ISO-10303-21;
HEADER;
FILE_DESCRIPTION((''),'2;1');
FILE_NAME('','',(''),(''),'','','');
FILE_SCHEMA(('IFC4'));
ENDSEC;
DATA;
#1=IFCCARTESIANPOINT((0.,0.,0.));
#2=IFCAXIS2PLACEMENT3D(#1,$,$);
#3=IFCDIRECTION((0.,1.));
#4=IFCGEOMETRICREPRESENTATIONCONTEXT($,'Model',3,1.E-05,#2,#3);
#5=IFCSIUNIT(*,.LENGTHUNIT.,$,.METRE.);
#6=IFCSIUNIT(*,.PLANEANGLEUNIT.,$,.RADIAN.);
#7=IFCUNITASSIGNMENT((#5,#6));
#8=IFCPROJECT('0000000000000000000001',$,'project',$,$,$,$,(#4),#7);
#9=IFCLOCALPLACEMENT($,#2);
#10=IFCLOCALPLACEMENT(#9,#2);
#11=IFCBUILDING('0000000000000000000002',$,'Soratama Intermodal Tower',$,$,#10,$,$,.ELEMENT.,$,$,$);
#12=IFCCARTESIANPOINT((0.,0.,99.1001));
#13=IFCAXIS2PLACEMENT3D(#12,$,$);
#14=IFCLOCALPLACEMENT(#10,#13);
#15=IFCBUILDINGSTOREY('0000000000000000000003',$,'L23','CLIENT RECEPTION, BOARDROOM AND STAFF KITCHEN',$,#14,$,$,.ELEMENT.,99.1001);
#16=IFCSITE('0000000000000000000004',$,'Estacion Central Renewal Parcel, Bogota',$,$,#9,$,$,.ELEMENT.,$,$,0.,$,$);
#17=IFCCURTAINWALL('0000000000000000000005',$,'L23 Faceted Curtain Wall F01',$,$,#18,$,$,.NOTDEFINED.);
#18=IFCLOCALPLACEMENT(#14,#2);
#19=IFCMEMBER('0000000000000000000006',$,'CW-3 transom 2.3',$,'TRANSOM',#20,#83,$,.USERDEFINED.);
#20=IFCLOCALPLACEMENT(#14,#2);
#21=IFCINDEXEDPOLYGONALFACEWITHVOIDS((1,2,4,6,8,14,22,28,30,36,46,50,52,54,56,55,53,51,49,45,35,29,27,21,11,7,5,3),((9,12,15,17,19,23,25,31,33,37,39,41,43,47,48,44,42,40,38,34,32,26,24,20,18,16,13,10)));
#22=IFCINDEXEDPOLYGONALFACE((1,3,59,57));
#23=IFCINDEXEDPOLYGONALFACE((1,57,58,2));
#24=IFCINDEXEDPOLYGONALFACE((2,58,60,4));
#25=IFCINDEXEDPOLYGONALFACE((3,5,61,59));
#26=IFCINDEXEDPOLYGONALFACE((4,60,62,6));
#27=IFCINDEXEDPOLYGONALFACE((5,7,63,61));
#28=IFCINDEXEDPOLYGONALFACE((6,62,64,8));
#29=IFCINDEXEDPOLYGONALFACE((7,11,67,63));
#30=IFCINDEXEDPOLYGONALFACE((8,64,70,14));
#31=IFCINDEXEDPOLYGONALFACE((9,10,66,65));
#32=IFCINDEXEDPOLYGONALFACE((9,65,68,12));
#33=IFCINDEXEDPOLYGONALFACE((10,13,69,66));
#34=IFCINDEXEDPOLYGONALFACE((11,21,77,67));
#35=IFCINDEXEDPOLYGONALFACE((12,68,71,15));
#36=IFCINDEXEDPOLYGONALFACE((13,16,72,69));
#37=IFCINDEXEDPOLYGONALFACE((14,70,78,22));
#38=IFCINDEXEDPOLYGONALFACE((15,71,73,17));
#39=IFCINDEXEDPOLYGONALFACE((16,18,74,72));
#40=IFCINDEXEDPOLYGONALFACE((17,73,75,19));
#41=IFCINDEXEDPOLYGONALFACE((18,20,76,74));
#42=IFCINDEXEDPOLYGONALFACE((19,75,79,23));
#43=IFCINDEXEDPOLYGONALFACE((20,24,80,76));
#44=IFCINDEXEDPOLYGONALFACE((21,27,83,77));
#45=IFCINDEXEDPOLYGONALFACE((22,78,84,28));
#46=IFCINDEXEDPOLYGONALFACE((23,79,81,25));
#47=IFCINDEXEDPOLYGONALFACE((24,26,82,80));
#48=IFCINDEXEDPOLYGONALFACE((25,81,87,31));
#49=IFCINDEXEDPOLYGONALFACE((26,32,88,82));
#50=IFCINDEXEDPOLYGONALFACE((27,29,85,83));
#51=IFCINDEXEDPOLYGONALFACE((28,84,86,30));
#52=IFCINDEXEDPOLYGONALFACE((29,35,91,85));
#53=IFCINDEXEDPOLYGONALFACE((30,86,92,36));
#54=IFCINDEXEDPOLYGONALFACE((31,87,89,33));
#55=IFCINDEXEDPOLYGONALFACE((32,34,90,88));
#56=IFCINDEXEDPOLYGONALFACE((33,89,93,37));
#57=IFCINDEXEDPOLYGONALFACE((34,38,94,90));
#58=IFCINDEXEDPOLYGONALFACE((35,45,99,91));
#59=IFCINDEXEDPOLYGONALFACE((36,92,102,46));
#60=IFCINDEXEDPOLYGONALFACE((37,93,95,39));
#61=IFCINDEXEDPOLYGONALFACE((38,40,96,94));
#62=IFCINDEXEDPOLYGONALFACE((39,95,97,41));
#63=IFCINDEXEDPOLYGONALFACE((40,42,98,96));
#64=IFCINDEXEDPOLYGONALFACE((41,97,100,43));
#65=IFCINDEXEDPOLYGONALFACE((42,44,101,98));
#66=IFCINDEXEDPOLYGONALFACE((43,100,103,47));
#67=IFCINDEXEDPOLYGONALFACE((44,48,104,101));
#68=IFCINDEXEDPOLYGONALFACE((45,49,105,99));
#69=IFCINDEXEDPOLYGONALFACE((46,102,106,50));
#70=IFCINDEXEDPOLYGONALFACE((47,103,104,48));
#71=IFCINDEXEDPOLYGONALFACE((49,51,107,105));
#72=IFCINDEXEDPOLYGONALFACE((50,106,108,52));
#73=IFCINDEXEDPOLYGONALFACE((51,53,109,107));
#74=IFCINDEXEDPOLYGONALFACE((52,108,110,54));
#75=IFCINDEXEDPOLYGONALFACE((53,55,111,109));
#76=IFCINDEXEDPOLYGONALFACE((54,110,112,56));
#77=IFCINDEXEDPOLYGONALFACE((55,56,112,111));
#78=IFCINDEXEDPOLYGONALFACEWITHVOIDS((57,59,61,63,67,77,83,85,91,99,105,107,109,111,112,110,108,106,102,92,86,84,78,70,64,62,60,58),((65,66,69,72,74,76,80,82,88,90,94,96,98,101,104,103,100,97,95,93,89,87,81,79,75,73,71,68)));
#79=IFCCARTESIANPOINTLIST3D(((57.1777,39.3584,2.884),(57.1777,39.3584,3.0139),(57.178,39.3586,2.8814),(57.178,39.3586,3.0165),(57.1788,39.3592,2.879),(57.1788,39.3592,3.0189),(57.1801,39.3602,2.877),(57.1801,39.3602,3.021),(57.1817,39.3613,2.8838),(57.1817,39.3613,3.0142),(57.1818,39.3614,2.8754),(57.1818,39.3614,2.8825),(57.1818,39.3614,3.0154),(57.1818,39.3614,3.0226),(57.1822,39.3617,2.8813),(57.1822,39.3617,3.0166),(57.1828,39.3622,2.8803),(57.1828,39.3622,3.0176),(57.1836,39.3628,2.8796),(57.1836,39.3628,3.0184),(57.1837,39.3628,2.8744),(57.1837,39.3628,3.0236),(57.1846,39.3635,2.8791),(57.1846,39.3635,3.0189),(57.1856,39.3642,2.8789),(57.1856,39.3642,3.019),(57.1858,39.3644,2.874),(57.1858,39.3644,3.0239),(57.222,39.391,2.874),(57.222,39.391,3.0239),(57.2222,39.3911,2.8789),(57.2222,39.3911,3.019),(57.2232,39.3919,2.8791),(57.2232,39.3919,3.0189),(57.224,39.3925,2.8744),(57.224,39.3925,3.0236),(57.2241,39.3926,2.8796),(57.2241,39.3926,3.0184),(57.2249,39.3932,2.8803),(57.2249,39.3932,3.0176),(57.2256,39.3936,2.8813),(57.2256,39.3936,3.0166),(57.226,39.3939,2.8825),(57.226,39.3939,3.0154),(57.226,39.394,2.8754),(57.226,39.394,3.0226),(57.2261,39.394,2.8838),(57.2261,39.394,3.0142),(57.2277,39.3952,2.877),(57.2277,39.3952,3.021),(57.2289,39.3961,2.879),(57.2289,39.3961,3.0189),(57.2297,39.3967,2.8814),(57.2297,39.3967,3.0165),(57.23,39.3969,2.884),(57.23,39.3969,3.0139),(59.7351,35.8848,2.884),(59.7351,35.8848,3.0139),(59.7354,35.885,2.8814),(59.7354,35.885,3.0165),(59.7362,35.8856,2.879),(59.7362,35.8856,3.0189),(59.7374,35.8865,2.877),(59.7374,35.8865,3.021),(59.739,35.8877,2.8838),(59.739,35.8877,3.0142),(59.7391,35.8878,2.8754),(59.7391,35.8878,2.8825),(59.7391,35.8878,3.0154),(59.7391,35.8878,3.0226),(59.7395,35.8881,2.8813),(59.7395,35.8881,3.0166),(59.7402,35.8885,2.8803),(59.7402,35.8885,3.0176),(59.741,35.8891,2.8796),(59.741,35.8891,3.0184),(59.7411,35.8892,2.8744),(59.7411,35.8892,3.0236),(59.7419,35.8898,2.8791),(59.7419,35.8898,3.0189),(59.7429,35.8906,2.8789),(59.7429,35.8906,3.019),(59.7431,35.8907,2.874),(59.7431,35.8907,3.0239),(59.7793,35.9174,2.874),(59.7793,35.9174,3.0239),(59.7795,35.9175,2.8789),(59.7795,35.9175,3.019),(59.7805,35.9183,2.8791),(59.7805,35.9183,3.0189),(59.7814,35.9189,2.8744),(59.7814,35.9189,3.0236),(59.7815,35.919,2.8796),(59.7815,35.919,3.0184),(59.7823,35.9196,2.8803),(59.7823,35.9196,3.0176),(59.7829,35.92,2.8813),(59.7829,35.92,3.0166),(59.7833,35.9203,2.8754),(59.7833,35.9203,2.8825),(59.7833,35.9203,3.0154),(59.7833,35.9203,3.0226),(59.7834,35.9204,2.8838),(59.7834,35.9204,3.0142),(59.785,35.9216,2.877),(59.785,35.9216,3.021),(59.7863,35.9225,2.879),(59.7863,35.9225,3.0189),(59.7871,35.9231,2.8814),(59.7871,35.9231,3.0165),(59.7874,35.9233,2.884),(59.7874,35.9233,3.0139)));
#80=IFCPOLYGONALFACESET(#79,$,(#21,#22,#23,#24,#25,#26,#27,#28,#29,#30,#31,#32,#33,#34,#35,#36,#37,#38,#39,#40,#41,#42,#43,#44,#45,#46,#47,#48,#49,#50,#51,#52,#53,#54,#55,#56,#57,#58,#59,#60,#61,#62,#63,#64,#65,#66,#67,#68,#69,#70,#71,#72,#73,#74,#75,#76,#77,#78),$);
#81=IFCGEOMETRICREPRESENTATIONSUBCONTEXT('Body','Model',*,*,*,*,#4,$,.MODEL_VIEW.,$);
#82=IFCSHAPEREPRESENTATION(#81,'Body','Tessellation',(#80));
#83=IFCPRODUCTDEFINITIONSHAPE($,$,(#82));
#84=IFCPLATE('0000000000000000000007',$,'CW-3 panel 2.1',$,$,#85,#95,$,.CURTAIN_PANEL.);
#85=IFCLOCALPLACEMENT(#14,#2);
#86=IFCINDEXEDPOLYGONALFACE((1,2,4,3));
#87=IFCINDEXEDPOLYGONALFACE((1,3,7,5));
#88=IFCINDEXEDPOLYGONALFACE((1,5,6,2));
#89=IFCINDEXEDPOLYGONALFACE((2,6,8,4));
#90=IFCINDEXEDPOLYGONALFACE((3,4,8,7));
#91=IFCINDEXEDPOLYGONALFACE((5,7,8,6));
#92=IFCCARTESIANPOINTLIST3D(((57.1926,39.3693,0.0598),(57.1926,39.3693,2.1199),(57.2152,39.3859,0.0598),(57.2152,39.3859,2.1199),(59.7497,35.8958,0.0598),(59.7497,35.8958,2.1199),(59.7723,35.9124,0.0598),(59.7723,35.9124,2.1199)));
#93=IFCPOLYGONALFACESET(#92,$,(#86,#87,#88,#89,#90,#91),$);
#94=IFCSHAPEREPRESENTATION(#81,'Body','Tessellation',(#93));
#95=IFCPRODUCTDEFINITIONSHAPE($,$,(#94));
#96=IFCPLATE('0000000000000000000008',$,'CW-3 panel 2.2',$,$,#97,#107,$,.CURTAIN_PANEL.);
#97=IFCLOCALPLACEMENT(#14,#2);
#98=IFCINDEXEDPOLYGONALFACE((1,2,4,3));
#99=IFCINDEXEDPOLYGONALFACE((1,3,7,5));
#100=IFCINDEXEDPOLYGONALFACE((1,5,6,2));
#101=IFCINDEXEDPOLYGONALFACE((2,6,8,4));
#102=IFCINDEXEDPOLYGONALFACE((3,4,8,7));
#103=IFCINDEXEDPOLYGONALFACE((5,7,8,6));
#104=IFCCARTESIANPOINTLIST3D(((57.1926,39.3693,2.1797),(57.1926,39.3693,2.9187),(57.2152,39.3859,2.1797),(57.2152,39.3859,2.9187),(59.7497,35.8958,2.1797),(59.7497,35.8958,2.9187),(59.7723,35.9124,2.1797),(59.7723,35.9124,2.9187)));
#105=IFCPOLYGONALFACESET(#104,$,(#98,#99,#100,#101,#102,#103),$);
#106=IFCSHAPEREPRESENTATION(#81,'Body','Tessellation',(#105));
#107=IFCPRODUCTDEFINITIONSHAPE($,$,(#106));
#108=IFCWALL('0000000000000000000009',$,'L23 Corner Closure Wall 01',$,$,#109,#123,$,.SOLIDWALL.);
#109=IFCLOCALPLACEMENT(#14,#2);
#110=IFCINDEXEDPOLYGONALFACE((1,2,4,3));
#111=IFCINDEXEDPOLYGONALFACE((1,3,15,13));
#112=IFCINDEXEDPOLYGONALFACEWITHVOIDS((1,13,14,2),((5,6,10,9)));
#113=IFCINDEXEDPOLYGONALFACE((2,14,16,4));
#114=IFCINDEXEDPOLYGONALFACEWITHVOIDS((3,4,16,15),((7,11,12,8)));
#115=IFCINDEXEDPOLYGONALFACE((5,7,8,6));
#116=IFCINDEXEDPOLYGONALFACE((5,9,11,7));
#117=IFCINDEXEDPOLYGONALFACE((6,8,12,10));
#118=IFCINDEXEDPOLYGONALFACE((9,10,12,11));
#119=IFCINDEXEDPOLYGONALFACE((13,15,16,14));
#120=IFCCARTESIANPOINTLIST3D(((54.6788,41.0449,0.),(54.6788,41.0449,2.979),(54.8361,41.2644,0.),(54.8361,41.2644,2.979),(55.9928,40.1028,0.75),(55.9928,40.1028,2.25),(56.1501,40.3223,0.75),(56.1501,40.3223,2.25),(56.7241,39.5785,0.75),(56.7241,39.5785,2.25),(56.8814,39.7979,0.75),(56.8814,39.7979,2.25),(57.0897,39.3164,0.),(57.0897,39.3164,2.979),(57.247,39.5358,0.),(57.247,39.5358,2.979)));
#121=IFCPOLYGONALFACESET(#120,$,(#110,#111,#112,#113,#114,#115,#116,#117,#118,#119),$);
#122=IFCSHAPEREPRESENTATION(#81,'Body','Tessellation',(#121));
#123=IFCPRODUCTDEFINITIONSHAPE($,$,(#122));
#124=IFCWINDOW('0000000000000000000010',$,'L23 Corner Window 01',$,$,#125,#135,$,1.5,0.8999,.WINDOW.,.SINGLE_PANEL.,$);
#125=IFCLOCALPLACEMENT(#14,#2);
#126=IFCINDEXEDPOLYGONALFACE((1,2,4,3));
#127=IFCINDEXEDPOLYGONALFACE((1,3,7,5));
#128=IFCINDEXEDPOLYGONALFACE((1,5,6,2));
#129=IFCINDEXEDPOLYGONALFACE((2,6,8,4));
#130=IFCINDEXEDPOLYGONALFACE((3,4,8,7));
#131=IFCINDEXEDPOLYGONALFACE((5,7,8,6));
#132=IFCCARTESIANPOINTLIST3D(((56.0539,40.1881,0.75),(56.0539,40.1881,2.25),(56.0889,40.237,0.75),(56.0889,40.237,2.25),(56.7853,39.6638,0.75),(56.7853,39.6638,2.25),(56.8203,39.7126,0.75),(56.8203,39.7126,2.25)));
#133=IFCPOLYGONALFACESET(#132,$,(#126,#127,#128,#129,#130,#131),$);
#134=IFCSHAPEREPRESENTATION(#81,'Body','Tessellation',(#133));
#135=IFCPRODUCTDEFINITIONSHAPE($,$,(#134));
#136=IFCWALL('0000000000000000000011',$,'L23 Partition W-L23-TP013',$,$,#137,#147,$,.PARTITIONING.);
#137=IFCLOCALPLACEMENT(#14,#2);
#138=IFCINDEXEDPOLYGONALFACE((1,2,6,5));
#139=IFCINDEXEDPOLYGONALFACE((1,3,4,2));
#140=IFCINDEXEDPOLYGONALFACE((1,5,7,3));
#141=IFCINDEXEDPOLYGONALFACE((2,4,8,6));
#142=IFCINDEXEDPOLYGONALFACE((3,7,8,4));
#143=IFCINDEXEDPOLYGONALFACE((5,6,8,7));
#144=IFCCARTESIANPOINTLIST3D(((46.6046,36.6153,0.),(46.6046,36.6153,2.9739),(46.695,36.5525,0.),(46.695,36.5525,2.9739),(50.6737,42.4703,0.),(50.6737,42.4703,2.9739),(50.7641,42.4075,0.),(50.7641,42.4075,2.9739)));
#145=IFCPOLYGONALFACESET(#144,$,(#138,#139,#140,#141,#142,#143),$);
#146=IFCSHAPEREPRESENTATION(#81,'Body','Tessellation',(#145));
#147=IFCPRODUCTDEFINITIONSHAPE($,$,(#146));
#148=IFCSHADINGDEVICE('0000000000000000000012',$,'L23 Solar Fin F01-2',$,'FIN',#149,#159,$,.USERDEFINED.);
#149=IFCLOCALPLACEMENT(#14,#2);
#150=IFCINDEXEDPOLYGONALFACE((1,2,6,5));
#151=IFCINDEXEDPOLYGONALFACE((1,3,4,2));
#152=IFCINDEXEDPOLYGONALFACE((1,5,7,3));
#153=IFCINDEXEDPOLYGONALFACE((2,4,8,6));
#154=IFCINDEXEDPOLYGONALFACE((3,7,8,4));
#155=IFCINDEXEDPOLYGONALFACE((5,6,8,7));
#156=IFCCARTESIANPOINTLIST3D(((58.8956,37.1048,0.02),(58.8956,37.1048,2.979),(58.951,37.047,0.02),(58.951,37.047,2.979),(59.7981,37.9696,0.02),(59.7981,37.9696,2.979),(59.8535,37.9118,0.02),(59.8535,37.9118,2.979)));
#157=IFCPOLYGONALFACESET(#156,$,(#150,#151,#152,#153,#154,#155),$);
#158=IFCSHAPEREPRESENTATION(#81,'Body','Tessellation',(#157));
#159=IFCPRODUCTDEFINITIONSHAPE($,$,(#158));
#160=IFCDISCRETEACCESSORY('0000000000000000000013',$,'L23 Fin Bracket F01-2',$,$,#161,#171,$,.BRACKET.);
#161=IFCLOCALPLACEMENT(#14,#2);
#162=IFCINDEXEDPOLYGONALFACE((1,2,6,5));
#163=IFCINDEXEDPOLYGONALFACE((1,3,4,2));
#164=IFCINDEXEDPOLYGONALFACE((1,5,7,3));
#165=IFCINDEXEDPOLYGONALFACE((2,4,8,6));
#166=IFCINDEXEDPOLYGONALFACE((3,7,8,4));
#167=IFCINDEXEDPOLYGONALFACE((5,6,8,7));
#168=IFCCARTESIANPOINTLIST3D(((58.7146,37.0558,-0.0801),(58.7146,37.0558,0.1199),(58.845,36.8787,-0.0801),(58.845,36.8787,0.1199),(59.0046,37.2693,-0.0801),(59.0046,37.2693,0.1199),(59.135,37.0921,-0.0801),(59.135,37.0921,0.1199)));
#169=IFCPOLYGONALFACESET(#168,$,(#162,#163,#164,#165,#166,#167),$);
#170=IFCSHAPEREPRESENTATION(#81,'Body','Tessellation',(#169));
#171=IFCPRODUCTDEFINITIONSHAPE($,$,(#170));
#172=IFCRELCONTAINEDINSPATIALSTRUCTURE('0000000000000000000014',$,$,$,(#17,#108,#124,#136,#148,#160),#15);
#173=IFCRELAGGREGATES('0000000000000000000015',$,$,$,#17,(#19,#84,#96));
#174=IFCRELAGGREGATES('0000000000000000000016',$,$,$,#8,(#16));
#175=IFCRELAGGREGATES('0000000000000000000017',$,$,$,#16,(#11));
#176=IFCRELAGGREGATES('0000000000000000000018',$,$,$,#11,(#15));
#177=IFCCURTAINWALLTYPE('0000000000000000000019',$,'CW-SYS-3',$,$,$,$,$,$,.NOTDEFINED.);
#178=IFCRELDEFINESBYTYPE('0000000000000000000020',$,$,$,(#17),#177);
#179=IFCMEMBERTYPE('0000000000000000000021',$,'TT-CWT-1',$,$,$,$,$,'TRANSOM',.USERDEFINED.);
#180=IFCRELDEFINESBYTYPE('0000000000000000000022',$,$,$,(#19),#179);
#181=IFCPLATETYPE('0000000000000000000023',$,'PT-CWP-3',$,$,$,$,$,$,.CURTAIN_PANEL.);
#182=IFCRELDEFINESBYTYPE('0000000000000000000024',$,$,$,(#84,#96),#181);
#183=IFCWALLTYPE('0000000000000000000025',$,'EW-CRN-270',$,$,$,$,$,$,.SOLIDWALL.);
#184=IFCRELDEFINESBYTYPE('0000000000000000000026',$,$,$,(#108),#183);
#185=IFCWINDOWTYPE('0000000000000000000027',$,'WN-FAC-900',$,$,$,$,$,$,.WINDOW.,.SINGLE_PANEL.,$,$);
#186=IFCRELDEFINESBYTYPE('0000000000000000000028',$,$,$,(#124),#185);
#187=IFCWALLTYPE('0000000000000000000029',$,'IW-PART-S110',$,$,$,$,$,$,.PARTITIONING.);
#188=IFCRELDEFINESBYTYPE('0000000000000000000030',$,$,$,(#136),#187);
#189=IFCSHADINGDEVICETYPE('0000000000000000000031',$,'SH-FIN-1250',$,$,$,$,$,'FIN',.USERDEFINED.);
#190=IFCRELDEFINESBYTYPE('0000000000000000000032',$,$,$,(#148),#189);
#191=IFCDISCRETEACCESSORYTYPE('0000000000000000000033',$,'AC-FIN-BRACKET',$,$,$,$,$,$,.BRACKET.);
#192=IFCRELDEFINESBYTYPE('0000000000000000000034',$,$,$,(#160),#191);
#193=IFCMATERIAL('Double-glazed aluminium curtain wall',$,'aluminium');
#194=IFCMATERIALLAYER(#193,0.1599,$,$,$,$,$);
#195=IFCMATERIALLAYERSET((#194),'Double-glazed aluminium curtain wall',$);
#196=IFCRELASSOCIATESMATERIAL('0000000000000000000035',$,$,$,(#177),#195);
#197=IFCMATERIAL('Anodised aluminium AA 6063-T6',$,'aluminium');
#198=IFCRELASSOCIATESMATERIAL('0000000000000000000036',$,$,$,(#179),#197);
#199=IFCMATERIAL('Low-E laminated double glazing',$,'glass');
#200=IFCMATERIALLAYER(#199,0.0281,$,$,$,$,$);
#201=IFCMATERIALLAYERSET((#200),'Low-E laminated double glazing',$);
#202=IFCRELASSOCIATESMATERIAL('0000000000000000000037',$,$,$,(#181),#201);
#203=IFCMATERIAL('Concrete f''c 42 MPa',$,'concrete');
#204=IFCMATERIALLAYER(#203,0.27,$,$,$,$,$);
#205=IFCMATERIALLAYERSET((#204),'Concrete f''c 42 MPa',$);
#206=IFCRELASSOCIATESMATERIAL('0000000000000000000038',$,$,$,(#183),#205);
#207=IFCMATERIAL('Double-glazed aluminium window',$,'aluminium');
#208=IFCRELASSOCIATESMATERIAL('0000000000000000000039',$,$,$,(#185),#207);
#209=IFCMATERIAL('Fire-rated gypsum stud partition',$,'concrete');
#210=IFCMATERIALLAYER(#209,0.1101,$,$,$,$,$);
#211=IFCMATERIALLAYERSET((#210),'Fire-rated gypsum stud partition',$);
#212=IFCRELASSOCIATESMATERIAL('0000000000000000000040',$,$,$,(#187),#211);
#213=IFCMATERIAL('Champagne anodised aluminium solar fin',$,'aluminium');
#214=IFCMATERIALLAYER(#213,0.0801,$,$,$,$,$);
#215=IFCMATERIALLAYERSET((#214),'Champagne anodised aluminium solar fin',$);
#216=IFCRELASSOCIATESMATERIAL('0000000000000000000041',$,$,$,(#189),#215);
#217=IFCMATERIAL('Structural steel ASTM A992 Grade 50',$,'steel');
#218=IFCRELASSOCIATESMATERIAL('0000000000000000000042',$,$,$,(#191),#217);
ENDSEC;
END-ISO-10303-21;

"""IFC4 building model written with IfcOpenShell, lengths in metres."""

from ifc_helpers import new_model, si_unit, direction, frame, frame_2d, origin, origin_2d, place, context, subcontext, project, spatial, rectangle, hollow_rectangle, extrude, material, layer, layer_set, material_profile, profile_set, type_object, element, fill, aggregate, save


model = new_model("IFC4")

# Units and contexts
model_context = context("Model", 3, precision=1e-05, world=origin(), true_north=direction((0.0, 1.0)))
body_context = subcontext(model_context, "Body", "Model", "MODEL_VIEW")
ifc_project = project(units=[si_unit("LENGTHUNIT", "METRE"), si_unit("PLANEANGLEUNIT", "RADIAN")], contexts=[model_context])

# Site, building, storey
site_placement = place(None, origin())
site = spatial("IfcSite", under=ifc_project, at=site_placement, Name="Estacion Central Renewal Parcel, Bogota", CompositionType="ELEMENT", RefElevation=0.0)
building_placement = place(site_placement, origin())
building = spatial("IfcBuilding", under=site, at=building_placement, Name="Soratama Intermodal Tower", CompositionType="ELEMENT")
storey_placement = place(building_placement, frame((0.0, 0.0, 99.1001)))
storey = spatial("IfcBuildingStorey", under=building, at=storey_placement, Name="L23", Description="CLIENT RECEPTION, BOARDROOM AND STAFF KITCHEN", CompositionType="ELEMENT", Elevation=99.1001)

# Curtain wall, member, plates
ifc_material_1 = material(Name="Double-glazed aluminium curtain wall", Category="aluminium")
ifc_layer_1 = layer(ifc_material_1, 0.1599)
ifc_layer_set_1 = layer_set([ifc_layer_1], Name="Double-glazed aluminium curtain wall")
curtain_wall_type = type_object("IfcCurtainWallType", Name="CW-SYS-3", PredefinedType="NOTDEFINED", material=ifc_layer_set_1)
curtain_wall_placement = place(storey_placement, origin())
curtain_wall = element("IfcCurtainWall", 1, at=curtain_wall_placement, inside=storey, type_object=curtain_wall_type, Name="L23 Faceted Curtain Wall F01", PredefinedType="NOTDEFINED")
ifc_material_2 = material(Name="Anodised aluminium AA 6063-T6", Category="aluminium")
ifc_material_profile_1 = material_profile(ifc_material_2, hollow_rectangle(XDim=0.0649, YDim=0.1499, WallThickness=0.0049, InnerFilletRadius=0.0049, OuterFilletRadius=0.01, at=origin_2d()), Name="CWT150X65X5")
ifc_profile_set_1 = profile_set([ifc_material_profile_1], Name="Anodised aluminium AA 6063-T6")
member_type_1 = type_object("IfcMemberType", Name="TT-CWT-1", ElementType="TRANSOM", PredefinedType="USERDEFINED", material=ifc_profile_set_1)
member_1_placement = place(storey_placement, frame((59.7612, 35.9041, 2.949), z_axis=(-0.592877, 0.805293, 0.0), x_axis=(-0.805293, -0.592877, 0.0)))
member_1 = element("IfcMember", 2, at=member_1_placement, type_object=member_type_1, Name="CW-3 transom 2.3", ObjectType="TRANSOM", PredefinedType="USERDEFINED", context=body_context, shape_type="SweptSolid", body=[
    extrude(hollow_rectangle(XDim=0.0649, YDim=0.1499, WallThickness=0.0049, InnerFilletRadius=0.0049, OuterFilletRadius=0.01, at=origin_2d()), origin(), (0.0, 0.0, 1.0), 4.3135),
])
ifc_material_3 = material(Name="Low-E laminated double glazing", Category="glass")
ifc_layer_2 = layer(ifc_material_3, 0.0281)
ifc_layer_set_2 = layer_set([ifc_layer_2], Name="Low-E laminated double glazing")
plate_type = type_object("IfcPlateType", Name="PT-CWP-3", PredefinedType="CURTAIN_PANEL", material=ifc_layer_set_2)
plate_1_placement = place(storey_placement, frame((58.4824, 37.6409, 0.0598), z_axis=(0.0, 0.0, 1.0), x_axis=(-0.592854, 0.80531, 0.0)))
plate_1 = element("IfcPlate", 3, at=plate_1_placement, type_object=plate_type, Name="CW-3 panel 2.1", PredefinedType="CURTAIN_PANEL", context=body_context, shape_type="SweptSolid", body=[
    extrude(rectangle(XDim=4.3132, YDim=0.0281, at=origin_2d()), origin(), (0.0, 0.0, 1.0), 2.0601),
])
plate_2_placement = place(storey_placement, frame((58.4824, 37.6409, 2.1797), z_axis=(0.0, 0.0, 1.0), x_axis=(-0.592854, 0.80531, 0.0)))
plate_2 = element("IfcPlate", 4, at=plate_2_placement, type_object=plate_type, Name="CW-3 panel 2.2", PredefinedType="CURTAIN_PANEL", context=body_context, shape_type="SweptSolid", body=[
    extrude(rectangle(XDim=4.3132, YDim=0.0281, at=origin_2d()), origin(), (0.0, 0.0, 1.0), 0.739),
])
aggregate(curtain_wall, [member_1, plate_1, plate_2])

# Wall, opening, window
ifc_material_4 = material(Name="Concrete f'c 42 MPa", Category="concrete")
ifc_layer_3 = layer(ifc_material_4, 0.27)
ifc_layer_set_3 = layer_set([ifc_layer_3], Name="Concrete f'c 42 MPa")
wall_type_1 = type_object("IfcWallType", Name="EW-CRN-270", PredefinedType="SOLIDWALL", material=ifc_layer_set_3)
wall_1_placement = place(storey_placement, frame((57.1685, 39.426, 0.0), z_axis=(0.0, 0.0, 1.0), x_axis=(-0.812703, 0.582678, 0.0)))
wall_1 = element("IfcWall", 5, at=wall_1_placement, inside=storey, type_object=wall_type_1, Name="L23 Corner Closure Wall 01", PredefinedType="SOLIDWALL", context=body_context, shape_type="SweptSolid", body=[
    extrude(rectangle(XDim=2.9666, YDim=0.27, at=frame_2d((1.4834, 0.0))), origin(), (0.0, 0.0, 1.0), 2.979),
])
opening_1_placement = place(wall_1_placement, frame((0.45, 0.0, 0.75)))
opening_1 = element("IfcOpeningElement", 6, at=opening_1_placement, cuts=wall_1, PredefinedType="OPENING", context=body_context, shape_type="SweptSolid", body=[
    extrude(rectangle(XDim=0.8999, YDim=1.5, at=frame_2d((0.45, 0.75))), frame((0.0, 0.145, 0.0), z_axis=(0.0, -1.0, 0.0), x_axis=(1.0, 0.0, 0.0)), (0.0, 0.0, 1.0), 0.29),
])
ifc_material_5 = material(Name="Double-glazed aluminium window", Category="aluminium")
window_type_1 = type_object("IfcWindowType", Name="WN-FAC-900", PartitioningType="SINGLE_PANEL", PredefinedType="WINDOW", material=ifc_material_5)
window_1_placement = place(opening_1_placement, origin())
window_1 = element("IfcWindow", 7, at=window_1_placement, inside=storey, type_object=window_type_1, Name="L23 Corner Window 01", OverallHeight=1.5, OverallWidth=0.8999, PartitioningType="SINGLE_PANEL", PredefinedType="WINDOW", context=body_context, shape_type="SweptSolid", body=[
    extrude(rectangle(XDim=0.8999, YDim=1.5, at=frame_2d((0.45, 0.75))), frame((0.0, 0.03, 0.0), z_axis=(0.0, -1.0, 0.0), x_axis=(1.0, 0.0, 0.0)), (0.0, 0.0, 1.0), 0.0601),
])
fill(opening_1, window_1)

# Wall
ifc_material_6 = material(Name="Fire-rated gypsum stud partition", Category="concrete")
ifc_layer_4 = layer(ifc_material_6, 0.1101)
ifc_layer_set_4 = layer_set([ifc_layer_4], Name="Fire-rated gypsum stud partition")
wall_type_2 = type_object("IfcWallType", Name="IW-PART-S110", PredefinedType="PARTITIONING", material=ifc_layer_set_4)
wall_2_placement = place(storey_placement, frame((46.6499, 36.584, 0.0), z_axis=(0.0, 0.0, 1.0), x_axis=(0.570692, 0.821164, 0.0)))
element("IfcWall", 8, at=wall_2_placement, inside=storey, type_object=wall_type_2, Name="L23 Partition W-L23-TP013", PredefinedType="PARTITIONING", context=body_context, shape_type="SweptSolid", body=[
    extrude(rectangle(XDim=7.1301, YDim=0.1101, at=frame_2d((3.5649, 0.0))), origin(), (0.0, 0.0, 1.0), 2.9739),
])

# Shading device
ifc_material_7 = material(Name="Champagne anodised aluminium solar fin", Category="aluminium")
ifc_layer_5 = layer(ifc_material_7, 0.0801)
ifc_layer_set_5 = layer_set([ifc_layer_5], Name="Champagne anodised aluminium solar fin")
shading_device_type = type_object("IfcShadingDeviceType", Name="SH-FIN-1250", ElementType="FIN", PredefinedType="USERDEFINED", material=ifc_layer_set_5)
shading_device_placement = place(storey_placement, frame((59.3745, 37.5083, 0.02), z_axis=(0.0, 0.0, 1.0), x_axis=(0.722002, 0.691891, 0.0)))
element("IfcShadingDevice", 9, at=shading_device_placement, inside=storey, type_object=shading_device_type, Name="L23 Solar Fin F01-2", ObjectType="FIN", PredefinedType="USERDEFINED", context=body_context, shape_type="SweptSolid", body=[
    extrude(rectangle(XDim=1.25, YDim=0.0801, at=origin_2d()), origin(), (0.0, 0.0, 1.0), 2.959),
])

# Discrete accessory
ifc_material_8 = material(Name="Structural steel ASTM A992 Grade 50", Category="steel")
discrete_accessory_type_1 = type_object("IfcDiscreteAccessoryType", Name="AC-FIN-BRACKET", PredefinedType="BRACKET", material=ifc_material_8)
discrete_accessory_1_placement = place(storey_placement, frame((58.9248, 37.074, -0.0801), z_axis=(0.0, 0.0, 1.0), x_axis=(0.805308, 0.592857, 0.0)))
element("IfcDiscreteAccessory", 10, at=discrete_accessory_1_placement, inside=storey, type_object=discrete_accessory_type_1, Name="L23 Fin Bracket F01-2", PredefinedType="BRACKET", context=body_context, shape_type="SweptSolid", body=[
    extrude(rectangle(XDim=0.3601, YDim=0.22, at=origin_2d()), origin(), (0.0, 0.0, 1.0), 0.2),
])

save(model, "model.ifc")
